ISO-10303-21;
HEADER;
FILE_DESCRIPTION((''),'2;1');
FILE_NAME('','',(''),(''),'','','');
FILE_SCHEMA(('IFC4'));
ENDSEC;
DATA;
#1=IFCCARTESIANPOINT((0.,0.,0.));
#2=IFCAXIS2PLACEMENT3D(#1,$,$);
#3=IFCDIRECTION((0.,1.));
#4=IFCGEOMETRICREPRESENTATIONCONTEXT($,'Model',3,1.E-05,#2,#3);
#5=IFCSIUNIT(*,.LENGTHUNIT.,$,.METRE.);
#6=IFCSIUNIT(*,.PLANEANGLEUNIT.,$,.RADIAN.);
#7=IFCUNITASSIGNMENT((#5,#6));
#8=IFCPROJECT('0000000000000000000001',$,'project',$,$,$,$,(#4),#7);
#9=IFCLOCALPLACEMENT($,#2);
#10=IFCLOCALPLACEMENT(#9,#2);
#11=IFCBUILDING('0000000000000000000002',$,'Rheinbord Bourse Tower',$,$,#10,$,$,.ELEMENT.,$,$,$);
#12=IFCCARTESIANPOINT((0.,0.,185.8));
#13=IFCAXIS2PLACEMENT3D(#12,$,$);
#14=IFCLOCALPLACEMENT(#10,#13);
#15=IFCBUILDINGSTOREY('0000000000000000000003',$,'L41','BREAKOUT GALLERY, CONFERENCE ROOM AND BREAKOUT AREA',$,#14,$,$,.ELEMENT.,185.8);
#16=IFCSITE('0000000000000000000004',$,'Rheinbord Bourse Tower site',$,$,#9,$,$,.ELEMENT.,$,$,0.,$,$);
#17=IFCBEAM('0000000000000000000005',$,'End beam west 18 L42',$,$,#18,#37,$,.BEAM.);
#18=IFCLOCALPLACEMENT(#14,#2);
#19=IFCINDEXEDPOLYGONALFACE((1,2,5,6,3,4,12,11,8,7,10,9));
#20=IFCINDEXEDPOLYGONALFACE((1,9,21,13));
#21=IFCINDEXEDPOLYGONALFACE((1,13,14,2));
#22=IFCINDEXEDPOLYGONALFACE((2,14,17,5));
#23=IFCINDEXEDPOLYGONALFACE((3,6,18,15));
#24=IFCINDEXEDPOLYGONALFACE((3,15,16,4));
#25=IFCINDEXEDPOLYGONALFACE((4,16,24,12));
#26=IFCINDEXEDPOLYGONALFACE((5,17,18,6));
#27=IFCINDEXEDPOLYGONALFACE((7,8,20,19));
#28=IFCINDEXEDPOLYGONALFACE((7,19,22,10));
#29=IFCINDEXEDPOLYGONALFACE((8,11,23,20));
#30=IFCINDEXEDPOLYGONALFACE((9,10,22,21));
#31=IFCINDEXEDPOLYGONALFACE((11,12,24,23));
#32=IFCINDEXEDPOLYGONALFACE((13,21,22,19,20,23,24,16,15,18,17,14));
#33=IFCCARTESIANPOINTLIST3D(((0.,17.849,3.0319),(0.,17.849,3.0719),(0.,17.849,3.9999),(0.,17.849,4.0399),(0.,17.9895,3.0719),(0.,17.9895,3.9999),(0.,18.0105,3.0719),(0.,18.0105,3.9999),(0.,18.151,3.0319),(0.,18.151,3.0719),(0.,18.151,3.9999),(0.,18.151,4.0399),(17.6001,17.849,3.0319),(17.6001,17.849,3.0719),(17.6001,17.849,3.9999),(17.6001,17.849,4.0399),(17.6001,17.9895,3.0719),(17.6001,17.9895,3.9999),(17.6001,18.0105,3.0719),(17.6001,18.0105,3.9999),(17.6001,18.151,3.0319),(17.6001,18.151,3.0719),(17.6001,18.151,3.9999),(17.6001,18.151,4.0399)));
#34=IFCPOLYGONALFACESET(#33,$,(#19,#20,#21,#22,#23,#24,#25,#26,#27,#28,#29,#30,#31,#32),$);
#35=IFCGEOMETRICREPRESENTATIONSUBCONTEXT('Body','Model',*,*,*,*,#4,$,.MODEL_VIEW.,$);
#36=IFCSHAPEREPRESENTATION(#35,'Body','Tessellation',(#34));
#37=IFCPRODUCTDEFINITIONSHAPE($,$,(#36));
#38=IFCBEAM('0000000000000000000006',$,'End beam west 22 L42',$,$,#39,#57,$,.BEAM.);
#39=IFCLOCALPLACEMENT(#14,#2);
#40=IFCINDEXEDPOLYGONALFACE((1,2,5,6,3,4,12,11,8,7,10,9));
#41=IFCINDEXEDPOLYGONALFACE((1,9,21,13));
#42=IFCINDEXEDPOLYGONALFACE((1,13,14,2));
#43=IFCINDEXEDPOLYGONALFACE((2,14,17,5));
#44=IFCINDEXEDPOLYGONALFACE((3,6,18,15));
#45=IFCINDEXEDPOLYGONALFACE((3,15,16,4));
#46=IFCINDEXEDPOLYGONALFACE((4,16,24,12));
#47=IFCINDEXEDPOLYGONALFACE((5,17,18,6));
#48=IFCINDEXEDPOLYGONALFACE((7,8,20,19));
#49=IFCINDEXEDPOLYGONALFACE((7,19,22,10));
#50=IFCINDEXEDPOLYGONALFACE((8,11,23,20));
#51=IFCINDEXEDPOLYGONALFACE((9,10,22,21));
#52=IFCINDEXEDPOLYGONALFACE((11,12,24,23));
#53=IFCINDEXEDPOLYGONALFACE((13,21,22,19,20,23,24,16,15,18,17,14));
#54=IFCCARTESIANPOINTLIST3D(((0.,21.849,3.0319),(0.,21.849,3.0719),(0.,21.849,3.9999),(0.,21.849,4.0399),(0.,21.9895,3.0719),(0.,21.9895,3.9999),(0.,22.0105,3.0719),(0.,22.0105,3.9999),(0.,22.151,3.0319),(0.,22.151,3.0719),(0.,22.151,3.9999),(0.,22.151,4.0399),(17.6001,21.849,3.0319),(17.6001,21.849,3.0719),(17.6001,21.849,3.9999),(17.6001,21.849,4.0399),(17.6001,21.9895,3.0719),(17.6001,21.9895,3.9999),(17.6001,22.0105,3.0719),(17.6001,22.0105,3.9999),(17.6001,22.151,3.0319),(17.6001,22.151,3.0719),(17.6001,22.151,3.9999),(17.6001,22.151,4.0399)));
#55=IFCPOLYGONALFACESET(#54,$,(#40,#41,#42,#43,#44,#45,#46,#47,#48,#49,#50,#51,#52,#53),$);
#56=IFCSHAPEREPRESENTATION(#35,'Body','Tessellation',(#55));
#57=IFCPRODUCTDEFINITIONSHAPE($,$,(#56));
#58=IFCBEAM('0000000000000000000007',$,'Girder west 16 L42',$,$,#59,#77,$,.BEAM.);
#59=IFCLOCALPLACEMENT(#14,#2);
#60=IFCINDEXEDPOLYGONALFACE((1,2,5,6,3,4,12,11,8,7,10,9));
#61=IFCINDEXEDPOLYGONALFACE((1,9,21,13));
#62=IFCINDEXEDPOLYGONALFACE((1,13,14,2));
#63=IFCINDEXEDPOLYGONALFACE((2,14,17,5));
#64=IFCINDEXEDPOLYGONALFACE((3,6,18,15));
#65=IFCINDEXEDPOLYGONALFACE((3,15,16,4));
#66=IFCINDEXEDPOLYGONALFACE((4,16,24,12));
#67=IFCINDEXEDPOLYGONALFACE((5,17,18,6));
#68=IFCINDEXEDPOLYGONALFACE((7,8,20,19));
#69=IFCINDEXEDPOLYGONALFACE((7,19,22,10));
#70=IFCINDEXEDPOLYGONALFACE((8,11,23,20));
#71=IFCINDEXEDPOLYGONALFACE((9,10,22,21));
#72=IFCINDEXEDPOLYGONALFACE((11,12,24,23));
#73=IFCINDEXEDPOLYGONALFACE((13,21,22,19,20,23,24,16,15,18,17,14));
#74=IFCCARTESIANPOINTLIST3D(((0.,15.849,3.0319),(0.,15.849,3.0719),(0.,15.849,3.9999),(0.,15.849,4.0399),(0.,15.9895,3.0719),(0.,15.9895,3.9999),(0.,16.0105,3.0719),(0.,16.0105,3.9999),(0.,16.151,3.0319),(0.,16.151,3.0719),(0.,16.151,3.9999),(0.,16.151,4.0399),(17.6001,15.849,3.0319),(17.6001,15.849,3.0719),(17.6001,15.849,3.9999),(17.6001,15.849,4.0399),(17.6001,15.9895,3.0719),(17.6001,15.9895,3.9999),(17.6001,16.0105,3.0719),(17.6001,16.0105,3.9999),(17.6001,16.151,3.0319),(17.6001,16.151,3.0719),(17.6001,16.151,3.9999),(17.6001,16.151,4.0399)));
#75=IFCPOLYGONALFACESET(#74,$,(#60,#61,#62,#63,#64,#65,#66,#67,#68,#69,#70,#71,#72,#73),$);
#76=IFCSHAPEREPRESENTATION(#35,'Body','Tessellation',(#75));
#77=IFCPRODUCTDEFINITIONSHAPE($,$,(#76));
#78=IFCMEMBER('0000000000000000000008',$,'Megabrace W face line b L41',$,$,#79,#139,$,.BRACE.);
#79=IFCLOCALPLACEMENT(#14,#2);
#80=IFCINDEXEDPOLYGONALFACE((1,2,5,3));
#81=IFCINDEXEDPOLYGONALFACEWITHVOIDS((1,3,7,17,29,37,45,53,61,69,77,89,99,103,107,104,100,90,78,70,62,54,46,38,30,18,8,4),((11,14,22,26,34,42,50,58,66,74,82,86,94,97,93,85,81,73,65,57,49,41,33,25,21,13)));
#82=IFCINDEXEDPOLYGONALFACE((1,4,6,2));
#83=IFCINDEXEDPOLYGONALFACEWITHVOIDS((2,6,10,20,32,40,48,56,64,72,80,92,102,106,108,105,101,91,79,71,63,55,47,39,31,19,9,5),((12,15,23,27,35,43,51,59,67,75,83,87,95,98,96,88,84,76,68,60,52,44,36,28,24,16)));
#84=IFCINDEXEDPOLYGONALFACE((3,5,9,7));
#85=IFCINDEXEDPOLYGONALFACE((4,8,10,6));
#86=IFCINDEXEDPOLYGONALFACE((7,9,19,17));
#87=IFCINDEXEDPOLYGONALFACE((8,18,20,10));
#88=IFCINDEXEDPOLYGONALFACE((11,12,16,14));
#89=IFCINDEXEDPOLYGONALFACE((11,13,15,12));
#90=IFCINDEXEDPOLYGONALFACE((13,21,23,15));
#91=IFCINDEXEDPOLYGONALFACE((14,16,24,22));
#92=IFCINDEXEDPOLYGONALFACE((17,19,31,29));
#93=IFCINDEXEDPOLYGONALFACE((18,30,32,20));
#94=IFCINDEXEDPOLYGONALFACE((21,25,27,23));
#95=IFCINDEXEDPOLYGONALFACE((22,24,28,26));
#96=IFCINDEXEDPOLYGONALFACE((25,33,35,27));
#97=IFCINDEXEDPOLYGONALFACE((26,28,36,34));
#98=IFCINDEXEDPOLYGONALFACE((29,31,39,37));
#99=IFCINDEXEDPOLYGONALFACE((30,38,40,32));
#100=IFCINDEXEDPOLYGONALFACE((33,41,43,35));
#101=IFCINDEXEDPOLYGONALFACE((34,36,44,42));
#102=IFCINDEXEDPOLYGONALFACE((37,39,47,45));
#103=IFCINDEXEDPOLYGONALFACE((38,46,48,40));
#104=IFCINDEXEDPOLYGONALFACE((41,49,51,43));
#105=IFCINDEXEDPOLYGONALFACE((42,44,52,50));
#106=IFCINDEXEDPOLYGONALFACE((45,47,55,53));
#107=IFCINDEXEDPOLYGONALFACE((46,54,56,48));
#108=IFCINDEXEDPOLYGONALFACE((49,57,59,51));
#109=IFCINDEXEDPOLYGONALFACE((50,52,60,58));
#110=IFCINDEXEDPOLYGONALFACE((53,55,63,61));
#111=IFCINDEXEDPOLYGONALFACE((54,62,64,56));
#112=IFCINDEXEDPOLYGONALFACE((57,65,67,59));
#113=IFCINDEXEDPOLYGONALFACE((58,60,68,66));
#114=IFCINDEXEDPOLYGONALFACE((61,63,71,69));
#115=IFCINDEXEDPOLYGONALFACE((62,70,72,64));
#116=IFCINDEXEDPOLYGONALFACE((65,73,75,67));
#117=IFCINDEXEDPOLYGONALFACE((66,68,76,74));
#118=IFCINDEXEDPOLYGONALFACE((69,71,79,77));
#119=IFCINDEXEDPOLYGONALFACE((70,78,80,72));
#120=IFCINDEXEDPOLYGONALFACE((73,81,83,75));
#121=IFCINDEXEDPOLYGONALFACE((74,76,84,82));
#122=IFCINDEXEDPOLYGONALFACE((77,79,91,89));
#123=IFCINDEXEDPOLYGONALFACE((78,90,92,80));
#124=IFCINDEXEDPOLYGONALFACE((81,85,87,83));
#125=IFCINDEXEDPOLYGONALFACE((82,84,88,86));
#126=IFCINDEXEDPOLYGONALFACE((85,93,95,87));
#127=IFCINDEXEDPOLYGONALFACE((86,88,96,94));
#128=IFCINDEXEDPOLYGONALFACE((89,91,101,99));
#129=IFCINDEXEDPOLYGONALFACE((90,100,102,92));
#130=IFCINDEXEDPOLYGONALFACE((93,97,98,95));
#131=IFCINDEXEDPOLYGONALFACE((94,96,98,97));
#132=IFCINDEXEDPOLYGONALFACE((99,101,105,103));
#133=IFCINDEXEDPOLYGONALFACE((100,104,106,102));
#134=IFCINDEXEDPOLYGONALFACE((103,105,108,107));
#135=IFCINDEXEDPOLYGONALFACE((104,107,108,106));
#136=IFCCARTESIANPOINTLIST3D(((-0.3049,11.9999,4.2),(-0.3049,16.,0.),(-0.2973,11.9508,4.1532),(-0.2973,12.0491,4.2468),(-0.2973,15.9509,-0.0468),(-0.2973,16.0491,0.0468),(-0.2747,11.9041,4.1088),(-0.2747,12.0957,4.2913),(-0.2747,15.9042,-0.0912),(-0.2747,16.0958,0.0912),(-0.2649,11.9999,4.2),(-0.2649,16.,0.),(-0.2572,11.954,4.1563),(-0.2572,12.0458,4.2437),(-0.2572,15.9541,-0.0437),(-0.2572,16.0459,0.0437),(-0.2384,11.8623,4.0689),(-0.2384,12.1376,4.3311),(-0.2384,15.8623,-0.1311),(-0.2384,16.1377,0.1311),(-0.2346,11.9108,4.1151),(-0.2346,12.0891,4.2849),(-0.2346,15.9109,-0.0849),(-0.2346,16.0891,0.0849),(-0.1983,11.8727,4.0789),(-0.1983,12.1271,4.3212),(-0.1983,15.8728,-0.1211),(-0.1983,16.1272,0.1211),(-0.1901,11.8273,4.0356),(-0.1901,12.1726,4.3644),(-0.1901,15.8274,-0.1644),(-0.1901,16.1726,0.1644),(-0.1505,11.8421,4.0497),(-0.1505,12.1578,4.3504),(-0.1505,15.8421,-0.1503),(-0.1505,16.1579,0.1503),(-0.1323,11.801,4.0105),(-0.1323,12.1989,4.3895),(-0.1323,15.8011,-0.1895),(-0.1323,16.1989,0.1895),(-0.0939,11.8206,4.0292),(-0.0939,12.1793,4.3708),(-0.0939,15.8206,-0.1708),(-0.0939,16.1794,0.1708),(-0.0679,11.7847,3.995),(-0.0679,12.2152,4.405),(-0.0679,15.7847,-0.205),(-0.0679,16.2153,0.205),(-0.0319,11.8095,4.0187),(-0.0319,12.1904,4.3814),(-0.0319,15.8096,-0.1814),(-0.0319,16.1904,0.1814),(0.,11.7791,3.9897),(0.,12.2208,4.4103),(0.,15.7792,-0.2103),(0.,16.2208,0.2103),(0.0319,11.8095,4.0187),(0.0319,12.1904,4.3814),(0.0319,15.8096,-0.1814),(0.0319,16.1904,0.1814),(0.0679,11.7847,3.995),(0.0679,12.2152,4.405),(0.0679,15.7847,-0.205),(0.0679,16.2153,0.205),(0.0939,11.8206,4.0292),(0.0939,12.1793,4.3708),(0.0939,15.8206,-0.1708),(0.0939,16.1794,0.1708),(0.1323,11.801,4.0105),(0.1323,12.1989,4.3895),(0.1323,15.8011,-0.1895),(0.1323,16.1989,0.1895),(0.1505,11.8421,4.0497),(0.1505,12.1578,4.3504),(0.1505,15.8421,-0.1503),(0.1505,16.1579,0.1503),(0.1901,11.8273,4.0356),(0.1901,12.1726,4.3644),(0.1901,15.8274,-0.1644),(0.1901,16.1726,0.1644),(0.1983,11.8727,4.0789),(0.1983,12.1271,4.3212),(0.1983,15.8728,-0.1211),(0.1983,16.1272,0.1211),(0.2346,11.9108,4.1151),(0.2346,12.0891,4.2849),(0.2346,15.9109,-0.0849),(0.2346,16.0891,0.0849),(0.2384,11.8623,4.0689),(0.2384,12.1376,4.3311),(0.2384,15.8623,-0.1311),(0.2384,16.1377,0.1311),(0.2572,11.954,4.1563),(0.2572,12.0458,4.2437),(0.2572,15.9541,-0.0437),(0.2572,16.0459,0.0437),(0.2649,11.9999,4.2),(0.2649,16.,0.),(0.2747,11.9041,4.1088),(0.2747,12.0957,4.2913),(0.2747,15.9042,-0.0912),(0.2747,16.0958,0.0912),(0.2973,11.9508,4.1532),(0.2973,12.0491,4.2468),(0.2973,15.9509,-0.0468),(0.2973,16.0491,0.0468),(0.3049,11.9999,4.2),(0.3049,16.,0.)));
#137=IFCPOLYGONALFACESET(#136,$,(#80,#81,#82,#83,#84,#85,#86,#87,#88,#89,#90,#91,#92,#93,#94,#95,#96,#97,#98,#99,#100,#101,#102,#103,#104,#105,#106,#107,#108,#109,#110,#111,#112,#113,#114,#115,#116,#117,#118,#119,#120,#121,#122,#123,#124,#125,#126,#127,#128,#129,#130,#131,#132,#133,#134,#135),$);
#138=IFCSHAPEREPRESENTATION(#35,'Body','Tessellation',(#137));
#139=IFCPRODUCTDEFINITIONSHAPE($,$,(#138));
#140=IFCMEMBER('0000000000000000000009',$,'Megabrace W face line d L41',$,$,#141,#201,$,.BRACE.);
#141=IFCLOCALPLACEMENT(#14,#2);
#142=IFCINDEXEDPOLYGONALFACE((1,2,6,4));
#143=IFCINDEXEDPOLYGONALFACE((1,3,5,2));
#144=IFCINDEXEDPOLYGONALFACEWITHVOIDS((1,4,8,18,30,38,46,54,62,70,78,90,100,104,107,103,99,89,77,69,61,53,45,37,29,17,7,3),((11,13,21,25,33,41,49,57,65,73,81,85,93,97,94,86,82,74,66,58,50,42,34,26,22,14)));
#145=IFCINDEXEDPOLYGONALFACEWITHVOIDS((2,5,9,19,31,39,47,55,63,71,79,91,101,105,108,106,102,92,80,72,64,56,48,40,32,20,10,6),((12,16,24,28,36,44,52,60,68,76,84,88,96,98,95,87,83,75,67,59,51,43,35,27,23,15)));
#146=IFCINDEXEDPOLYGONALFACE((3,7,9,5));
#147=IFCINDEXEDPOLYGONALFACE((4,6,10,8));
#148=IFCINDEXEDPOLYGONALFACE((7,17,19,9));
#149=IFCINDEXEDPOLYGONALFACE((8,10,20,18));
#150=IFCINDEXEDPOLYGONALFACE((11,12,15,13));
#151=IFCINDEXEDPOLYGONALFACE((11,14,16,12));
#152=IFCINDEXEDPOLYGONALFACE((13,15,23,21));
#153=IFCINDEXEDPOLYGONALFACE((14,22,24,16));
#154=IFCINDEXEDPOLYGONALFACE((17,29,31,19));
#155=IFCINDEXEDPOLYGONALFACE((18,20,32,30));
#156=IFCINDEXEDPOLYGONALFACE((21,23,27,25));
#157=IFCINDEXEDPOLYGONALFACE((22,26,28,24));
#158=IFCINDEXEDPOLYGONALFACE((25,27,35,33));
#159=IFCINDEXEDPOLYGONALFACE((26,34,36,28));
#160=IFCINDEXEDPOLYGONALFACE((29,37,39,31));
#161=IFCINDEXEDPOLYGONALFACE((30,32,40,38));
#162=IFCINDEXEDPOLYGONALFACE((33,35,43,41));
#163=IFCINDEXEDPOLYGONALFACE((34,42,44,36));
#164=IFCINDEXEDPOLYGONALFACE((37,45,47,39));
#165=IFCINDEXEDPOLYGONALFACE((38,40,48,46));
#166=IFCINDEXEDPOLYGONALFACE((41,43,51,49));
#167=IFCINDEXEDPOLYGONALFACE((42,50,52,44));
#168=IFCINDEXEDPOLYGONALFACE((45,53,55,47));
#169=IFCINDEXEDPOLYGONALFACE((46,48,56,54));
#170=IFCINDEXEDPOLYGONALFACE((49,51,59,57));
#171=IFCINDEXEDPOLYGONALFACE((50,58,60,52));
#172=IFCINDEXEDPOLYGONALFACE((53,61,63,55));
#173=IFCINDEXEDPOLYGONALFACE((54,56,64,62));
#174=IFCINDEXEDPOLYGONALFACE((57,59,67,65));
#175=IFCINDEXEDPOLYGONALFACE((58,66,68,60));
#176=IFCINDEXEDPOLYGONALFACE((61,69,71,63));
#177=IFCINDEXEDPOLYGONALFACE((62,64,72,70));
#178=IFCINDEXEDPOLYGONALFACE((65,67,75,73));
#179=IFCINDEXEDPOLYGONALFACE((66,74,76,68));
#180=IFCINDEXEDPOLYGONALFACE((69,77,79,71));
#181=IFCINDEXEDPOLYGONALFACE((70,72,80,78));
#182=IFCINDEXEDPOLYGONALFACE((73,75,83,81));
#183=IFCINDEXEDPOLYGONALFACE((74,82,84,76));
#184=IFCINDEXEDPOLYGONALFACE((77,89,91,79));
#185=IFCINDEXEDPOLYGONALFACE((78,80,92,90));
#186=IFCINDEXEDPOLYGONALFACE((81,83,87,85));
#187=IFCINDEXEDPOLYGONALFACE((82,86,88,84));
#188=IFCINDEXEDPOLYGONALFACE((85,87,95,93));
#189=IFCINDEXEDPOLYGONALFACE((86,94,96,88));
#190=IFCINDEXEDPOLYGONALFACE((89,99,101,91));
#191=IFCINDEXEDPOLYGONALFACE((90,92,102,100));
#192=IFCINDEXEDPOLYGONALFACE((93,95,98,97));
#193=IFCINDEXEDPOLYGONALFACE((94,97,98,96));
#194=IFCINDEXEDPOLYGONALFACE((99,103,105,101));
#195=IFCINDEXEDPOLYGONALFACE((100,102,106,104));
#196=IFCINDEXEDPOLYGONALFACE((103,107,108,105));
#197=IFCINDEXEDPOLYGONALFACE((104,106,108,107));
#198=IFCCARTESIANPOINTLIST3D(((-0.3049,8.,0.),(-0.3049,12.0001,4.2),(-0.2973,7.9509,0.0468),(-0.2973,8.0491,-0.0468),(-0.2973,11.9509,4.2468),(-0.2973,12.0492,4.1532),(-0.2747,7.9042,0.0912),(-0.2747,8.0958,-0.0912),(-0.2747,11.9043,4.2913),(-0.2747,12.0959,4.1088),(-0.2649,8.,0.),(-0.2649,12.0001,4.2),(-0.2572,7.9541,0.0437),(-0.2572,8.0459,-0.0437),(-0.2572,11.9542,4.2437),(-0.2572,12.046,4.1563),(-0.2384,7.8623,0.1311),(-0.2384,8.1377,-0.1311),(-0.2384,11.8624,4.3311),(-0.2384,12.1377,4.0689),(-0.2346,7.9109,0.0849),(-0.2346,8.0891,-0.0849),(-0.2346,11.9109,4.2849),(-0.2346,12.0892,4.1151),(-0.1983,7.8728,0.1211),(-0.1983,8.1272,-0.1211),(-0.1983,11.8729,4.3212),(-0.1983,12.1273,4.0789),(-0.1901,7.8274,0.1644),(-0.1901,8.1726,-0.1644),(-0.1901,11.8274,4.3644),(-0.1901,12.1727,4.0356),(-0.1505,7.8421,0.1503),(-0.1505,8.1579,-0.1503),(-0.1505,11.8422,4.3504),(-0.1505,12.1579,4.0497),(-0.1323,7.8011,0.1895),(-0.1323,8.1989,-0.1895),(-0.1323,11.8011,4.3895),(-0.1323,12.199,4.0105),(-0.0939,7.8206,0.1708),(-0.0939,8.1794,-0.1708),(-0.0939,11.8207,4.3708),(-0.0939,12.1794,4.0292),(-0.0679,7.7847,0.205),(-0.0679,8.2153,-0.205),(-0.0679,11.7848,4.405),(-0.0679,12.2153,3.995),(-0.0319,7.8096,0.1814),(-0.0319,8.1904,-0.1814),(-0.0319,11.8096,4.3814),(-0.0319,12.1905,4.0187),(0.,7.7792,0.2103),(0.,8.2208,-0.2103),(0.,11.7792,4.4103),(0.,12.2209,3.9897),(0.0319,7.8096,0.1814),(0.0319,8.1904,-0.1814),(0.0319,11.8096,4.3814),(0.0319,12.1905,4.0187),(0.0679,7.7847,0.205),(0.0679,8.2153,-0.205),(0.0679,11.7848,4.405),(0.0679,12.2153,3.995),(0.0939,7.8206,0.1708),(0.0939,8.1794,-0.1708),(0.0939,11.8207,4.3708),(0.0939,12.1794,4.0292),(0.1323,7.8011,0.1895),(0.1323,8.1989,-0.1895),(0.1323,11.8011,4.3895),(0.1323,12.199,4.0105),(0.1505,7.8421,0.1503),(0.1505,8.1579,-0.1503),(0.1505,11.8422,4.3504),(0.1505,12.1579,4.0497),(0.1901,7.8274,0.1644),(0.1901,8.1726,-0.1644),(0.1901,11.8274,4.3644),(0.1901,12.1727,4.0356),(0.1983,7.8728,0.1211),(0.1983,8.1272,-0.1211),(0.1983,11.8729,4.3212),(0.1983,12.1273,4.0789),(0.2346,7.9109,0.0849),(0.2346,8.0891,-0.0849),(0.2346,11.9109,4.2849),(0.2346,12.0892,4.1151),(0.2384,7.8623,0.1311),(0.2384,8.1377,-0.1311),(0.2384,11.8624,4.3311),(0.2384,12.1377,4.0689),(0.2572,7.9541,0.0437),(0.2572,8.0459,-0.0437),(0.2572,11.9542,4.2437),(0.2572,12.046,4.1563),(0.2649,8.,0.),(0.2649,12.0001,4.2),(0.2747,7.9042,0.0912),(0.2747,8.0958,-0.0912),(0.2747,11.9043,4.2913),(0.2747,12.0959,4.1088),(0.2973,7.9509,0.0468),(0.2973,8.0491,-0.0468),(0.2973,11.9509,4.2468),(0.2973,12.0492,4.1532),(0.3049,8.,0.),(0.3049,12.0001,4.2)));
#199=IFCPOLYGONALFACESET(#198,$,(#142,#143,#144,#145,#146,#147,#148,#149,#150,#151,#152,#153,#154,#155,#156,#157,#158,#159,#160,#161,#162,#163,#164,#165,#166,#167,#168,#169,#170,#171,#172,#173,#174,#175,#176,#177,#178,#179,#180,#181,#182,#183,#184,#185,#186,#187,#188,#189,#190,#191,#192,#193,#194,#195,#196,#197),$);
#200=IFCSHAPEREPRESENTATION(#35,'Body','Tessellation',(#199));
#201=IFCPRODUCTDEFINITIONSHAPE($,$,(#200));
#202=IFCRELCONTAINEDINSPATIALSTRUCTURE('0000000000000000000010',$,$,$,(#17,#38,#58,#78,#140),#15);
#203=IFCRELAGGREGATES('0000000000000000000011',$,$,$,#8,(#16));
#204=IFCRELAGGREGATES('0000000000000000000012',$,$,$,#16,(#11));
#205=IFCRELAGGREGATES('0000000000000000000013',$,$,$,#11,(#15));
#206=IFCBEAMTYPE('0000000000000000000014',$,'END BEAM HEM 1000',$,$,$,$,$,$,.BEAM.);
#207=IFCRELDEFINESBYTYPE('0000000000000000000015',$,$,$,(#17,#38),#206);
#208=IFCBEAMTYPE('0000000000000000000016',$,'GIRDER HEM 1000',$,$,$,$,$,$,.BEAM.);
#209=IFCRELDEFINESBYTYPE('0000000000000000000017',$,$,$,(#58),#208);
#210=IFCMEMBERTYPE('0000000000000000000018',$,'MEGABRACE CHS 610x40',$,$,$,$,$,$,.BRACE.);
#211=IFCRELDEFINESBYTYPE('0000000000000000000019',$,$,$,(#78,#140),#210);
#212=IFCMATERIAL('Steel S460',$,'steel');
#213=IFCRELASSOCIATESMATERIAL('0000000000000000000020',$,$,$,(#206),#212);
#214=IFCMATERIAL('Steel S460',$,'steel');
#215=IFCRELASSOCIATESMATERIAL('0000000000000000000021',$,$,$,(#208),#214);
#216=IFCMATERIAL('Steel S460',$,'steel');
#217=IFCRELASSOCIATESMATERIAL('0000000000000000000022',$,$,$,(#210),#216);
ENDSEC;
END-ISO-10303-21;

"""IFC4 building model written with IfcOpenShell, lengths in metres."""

from ifc_helpers import new_model, si_unit, direction, frame, origin, origin_2d, place, context, subcontext, project, spatial, hollow_circle, i_section, extrude, material, material_profile, profile_set, type_object, element, save


model = new_model("IFC4")

# Units and contexts
model_context = context("Model", 3, precision=1e-05, world=origin(), true_north=direction((0.0, 1.0)))
body_context = subcontext(model_context, "Body", "Model", "MODEL_VIEW")
ifc_project = project(units=[si_unit("LENGTHUNIT", "METRE"), si_unit("PLANEANGLEUNIT", "RADIAN")], contexts=[model_context])

# Site, building, storey
site_placement = place(None, origin())
site = spatial("IfcSite", under=ifc_project, at=site_placement, Name="Rheinbord Bourse Tower site", CompositionType="ELEMENT", RefElevation=0.0)
building_placement = place(site_placement, origin())
building = spatial("IfcBuilding", under=site, at=building_placement, Name="Rheinbord Bourse Tower", CompositionType="ELEMENT")
storey_placement = place(building_placement, frame((0.0, 0.0, 185.8)))
storey = spatial("IfcBuildingStorey", under=building, at=storey_placement, Name="L41", Description="BREAKOUT GALLERY, CONFERENCE ROOM AND BREAKOUT AREA", CompositionType="ELEMENT", Elevation=185.8)

# Beams
ifc_material_1 = material(Name="Steel S460", Category="steel")
ifc_material_profile_1 = material_profile(ifc_material_1, i_section(OverallWidth=0.302, OverallDepth=1.0081, WebThickness=0.021, FlangeThickness=0.04, at=origin_2d()), Name="HEM 1000")
ifc_profile_set_1 = profile_set([ifc_material_profile_1], Name="Steel S460")
beam_type_1 = type_object("IfcBeamType", Name="END BEAM HEM 1000", PredefinedType="BEAM", material=ifc_profile_set_1)
for number, where, z_axis, x_axis, name in (
    (1, (0.0, 18.0, 3.5359), (1.0, 0.0, 0.0), (0.0, 1.0, 0.0), "End beam west 18 L42"),
    (2, (0.0, 22.0, 3.5359), (1.0, 0.0, 0.0), (0.0, 1.0, 0.0), "End beam west 22 L42"),
):
    element("IfcBeam", number, at=place(storey_placement, frame(where, z_axis=z_axis, x_axis=x_axis)), inside=storey, type_object=beam_type_1, Name=name, PredefinedType="BEAM", context=body_context, shape_type="SweptSolid", body=[
        extrude(i_section(OverallWidth=0.302, OverallDepth=1.0081, WebThickness=0.021, FlangeThickness=0.04, at=origin_2d()), origin(), (0.0, 0.0, 1.0), 17.6001),
    ])
ifc_material_2 = material(Name="Steel S460", Category="steel")
ifc_material_profile_2 = material_profile(ifc_material_2, i_section(OverallWidth=0.302, OverallDepth=1.0081, WebThickness=0.021, FlangeThickness=0.04, at=origin_2d()), Name="HEM 1000")
ifc_profile_set_2 = profile_set([ifc_material_profile_2], Name="Steel S460")
beam_type_2 = type_object("IfcBeamType", Name="GIRDER HEM 1000", PredefinedType="BEAM", material=ifc_profile_set_2)
beam_1_placement = place(storey_placement, frame((0.0, 16.0, 3.5359), z_axis=(1.0, 0.0, 0.0), x_axis=(0.0, 1.0, 0.0)))
element("IfcBeam", 3, at=beam_1_placement, inside=storey, type_object=beam_type_2, Name="Girder west 16 L42", PredefinedType="BEAM", context=body_context, shape_type="SweptSolid", body=[
    extrude(i_section(OverallWidth=0.302, OverallDepth=1.0081, WebThickness=0.021, FlangeThickness=0.04, at=origin_2d()), origin(), (0.0, 0.0, 1.0), 17.6001),
])

# Members
ifc_material_3 = material(Name="Steel S460", Category="steel")
ifc_material_profile_3 = material_profile(ifc_material_3, hollow_circle(Radius=0.3049, WallThickness=0.04, at=origin_2d()), Name="CHS 610x40")
ifc_profile_set_3 = profile_set([ifc_material_profile_3], Name="Steel S460")
member_type_1 = type_object("IfcMemberType", Name="MEGABRACE CHS 610x40", PredefinedType="BRACE", material=ifc_profile_set_3)
for number, where, z_axis, x_axis, name in (
    (4, (0.0, 16.0, 0.0), (0.0, -0.689659, 0.724134), (1.0, 0.0, 0.0), "Megabrace W face line b L41"),
    (5, (0.0, 8.0, 0.0), (0.0, 0.689659, 0.724134), (-1.0, 0.0, 0.0), "Megabrace W face line d L41"),
):
    element("IfcMember", number, at=place(storey_placement, frame(where, z_axis=z_axis, x_axis=x_axis)), inside=storey, type_object=member_type_1, Name=name, PredefinedType="BRACE", context=body_context, shape_type="SweptSolid", body=[
        extrude(hollow_circle(Radius=0.3049, WallThickness=0.04, at=origin_2d()), origin(), (0.0, 0.0, 1.0), 5.8),
    ])

save(model, "model.ifc")
